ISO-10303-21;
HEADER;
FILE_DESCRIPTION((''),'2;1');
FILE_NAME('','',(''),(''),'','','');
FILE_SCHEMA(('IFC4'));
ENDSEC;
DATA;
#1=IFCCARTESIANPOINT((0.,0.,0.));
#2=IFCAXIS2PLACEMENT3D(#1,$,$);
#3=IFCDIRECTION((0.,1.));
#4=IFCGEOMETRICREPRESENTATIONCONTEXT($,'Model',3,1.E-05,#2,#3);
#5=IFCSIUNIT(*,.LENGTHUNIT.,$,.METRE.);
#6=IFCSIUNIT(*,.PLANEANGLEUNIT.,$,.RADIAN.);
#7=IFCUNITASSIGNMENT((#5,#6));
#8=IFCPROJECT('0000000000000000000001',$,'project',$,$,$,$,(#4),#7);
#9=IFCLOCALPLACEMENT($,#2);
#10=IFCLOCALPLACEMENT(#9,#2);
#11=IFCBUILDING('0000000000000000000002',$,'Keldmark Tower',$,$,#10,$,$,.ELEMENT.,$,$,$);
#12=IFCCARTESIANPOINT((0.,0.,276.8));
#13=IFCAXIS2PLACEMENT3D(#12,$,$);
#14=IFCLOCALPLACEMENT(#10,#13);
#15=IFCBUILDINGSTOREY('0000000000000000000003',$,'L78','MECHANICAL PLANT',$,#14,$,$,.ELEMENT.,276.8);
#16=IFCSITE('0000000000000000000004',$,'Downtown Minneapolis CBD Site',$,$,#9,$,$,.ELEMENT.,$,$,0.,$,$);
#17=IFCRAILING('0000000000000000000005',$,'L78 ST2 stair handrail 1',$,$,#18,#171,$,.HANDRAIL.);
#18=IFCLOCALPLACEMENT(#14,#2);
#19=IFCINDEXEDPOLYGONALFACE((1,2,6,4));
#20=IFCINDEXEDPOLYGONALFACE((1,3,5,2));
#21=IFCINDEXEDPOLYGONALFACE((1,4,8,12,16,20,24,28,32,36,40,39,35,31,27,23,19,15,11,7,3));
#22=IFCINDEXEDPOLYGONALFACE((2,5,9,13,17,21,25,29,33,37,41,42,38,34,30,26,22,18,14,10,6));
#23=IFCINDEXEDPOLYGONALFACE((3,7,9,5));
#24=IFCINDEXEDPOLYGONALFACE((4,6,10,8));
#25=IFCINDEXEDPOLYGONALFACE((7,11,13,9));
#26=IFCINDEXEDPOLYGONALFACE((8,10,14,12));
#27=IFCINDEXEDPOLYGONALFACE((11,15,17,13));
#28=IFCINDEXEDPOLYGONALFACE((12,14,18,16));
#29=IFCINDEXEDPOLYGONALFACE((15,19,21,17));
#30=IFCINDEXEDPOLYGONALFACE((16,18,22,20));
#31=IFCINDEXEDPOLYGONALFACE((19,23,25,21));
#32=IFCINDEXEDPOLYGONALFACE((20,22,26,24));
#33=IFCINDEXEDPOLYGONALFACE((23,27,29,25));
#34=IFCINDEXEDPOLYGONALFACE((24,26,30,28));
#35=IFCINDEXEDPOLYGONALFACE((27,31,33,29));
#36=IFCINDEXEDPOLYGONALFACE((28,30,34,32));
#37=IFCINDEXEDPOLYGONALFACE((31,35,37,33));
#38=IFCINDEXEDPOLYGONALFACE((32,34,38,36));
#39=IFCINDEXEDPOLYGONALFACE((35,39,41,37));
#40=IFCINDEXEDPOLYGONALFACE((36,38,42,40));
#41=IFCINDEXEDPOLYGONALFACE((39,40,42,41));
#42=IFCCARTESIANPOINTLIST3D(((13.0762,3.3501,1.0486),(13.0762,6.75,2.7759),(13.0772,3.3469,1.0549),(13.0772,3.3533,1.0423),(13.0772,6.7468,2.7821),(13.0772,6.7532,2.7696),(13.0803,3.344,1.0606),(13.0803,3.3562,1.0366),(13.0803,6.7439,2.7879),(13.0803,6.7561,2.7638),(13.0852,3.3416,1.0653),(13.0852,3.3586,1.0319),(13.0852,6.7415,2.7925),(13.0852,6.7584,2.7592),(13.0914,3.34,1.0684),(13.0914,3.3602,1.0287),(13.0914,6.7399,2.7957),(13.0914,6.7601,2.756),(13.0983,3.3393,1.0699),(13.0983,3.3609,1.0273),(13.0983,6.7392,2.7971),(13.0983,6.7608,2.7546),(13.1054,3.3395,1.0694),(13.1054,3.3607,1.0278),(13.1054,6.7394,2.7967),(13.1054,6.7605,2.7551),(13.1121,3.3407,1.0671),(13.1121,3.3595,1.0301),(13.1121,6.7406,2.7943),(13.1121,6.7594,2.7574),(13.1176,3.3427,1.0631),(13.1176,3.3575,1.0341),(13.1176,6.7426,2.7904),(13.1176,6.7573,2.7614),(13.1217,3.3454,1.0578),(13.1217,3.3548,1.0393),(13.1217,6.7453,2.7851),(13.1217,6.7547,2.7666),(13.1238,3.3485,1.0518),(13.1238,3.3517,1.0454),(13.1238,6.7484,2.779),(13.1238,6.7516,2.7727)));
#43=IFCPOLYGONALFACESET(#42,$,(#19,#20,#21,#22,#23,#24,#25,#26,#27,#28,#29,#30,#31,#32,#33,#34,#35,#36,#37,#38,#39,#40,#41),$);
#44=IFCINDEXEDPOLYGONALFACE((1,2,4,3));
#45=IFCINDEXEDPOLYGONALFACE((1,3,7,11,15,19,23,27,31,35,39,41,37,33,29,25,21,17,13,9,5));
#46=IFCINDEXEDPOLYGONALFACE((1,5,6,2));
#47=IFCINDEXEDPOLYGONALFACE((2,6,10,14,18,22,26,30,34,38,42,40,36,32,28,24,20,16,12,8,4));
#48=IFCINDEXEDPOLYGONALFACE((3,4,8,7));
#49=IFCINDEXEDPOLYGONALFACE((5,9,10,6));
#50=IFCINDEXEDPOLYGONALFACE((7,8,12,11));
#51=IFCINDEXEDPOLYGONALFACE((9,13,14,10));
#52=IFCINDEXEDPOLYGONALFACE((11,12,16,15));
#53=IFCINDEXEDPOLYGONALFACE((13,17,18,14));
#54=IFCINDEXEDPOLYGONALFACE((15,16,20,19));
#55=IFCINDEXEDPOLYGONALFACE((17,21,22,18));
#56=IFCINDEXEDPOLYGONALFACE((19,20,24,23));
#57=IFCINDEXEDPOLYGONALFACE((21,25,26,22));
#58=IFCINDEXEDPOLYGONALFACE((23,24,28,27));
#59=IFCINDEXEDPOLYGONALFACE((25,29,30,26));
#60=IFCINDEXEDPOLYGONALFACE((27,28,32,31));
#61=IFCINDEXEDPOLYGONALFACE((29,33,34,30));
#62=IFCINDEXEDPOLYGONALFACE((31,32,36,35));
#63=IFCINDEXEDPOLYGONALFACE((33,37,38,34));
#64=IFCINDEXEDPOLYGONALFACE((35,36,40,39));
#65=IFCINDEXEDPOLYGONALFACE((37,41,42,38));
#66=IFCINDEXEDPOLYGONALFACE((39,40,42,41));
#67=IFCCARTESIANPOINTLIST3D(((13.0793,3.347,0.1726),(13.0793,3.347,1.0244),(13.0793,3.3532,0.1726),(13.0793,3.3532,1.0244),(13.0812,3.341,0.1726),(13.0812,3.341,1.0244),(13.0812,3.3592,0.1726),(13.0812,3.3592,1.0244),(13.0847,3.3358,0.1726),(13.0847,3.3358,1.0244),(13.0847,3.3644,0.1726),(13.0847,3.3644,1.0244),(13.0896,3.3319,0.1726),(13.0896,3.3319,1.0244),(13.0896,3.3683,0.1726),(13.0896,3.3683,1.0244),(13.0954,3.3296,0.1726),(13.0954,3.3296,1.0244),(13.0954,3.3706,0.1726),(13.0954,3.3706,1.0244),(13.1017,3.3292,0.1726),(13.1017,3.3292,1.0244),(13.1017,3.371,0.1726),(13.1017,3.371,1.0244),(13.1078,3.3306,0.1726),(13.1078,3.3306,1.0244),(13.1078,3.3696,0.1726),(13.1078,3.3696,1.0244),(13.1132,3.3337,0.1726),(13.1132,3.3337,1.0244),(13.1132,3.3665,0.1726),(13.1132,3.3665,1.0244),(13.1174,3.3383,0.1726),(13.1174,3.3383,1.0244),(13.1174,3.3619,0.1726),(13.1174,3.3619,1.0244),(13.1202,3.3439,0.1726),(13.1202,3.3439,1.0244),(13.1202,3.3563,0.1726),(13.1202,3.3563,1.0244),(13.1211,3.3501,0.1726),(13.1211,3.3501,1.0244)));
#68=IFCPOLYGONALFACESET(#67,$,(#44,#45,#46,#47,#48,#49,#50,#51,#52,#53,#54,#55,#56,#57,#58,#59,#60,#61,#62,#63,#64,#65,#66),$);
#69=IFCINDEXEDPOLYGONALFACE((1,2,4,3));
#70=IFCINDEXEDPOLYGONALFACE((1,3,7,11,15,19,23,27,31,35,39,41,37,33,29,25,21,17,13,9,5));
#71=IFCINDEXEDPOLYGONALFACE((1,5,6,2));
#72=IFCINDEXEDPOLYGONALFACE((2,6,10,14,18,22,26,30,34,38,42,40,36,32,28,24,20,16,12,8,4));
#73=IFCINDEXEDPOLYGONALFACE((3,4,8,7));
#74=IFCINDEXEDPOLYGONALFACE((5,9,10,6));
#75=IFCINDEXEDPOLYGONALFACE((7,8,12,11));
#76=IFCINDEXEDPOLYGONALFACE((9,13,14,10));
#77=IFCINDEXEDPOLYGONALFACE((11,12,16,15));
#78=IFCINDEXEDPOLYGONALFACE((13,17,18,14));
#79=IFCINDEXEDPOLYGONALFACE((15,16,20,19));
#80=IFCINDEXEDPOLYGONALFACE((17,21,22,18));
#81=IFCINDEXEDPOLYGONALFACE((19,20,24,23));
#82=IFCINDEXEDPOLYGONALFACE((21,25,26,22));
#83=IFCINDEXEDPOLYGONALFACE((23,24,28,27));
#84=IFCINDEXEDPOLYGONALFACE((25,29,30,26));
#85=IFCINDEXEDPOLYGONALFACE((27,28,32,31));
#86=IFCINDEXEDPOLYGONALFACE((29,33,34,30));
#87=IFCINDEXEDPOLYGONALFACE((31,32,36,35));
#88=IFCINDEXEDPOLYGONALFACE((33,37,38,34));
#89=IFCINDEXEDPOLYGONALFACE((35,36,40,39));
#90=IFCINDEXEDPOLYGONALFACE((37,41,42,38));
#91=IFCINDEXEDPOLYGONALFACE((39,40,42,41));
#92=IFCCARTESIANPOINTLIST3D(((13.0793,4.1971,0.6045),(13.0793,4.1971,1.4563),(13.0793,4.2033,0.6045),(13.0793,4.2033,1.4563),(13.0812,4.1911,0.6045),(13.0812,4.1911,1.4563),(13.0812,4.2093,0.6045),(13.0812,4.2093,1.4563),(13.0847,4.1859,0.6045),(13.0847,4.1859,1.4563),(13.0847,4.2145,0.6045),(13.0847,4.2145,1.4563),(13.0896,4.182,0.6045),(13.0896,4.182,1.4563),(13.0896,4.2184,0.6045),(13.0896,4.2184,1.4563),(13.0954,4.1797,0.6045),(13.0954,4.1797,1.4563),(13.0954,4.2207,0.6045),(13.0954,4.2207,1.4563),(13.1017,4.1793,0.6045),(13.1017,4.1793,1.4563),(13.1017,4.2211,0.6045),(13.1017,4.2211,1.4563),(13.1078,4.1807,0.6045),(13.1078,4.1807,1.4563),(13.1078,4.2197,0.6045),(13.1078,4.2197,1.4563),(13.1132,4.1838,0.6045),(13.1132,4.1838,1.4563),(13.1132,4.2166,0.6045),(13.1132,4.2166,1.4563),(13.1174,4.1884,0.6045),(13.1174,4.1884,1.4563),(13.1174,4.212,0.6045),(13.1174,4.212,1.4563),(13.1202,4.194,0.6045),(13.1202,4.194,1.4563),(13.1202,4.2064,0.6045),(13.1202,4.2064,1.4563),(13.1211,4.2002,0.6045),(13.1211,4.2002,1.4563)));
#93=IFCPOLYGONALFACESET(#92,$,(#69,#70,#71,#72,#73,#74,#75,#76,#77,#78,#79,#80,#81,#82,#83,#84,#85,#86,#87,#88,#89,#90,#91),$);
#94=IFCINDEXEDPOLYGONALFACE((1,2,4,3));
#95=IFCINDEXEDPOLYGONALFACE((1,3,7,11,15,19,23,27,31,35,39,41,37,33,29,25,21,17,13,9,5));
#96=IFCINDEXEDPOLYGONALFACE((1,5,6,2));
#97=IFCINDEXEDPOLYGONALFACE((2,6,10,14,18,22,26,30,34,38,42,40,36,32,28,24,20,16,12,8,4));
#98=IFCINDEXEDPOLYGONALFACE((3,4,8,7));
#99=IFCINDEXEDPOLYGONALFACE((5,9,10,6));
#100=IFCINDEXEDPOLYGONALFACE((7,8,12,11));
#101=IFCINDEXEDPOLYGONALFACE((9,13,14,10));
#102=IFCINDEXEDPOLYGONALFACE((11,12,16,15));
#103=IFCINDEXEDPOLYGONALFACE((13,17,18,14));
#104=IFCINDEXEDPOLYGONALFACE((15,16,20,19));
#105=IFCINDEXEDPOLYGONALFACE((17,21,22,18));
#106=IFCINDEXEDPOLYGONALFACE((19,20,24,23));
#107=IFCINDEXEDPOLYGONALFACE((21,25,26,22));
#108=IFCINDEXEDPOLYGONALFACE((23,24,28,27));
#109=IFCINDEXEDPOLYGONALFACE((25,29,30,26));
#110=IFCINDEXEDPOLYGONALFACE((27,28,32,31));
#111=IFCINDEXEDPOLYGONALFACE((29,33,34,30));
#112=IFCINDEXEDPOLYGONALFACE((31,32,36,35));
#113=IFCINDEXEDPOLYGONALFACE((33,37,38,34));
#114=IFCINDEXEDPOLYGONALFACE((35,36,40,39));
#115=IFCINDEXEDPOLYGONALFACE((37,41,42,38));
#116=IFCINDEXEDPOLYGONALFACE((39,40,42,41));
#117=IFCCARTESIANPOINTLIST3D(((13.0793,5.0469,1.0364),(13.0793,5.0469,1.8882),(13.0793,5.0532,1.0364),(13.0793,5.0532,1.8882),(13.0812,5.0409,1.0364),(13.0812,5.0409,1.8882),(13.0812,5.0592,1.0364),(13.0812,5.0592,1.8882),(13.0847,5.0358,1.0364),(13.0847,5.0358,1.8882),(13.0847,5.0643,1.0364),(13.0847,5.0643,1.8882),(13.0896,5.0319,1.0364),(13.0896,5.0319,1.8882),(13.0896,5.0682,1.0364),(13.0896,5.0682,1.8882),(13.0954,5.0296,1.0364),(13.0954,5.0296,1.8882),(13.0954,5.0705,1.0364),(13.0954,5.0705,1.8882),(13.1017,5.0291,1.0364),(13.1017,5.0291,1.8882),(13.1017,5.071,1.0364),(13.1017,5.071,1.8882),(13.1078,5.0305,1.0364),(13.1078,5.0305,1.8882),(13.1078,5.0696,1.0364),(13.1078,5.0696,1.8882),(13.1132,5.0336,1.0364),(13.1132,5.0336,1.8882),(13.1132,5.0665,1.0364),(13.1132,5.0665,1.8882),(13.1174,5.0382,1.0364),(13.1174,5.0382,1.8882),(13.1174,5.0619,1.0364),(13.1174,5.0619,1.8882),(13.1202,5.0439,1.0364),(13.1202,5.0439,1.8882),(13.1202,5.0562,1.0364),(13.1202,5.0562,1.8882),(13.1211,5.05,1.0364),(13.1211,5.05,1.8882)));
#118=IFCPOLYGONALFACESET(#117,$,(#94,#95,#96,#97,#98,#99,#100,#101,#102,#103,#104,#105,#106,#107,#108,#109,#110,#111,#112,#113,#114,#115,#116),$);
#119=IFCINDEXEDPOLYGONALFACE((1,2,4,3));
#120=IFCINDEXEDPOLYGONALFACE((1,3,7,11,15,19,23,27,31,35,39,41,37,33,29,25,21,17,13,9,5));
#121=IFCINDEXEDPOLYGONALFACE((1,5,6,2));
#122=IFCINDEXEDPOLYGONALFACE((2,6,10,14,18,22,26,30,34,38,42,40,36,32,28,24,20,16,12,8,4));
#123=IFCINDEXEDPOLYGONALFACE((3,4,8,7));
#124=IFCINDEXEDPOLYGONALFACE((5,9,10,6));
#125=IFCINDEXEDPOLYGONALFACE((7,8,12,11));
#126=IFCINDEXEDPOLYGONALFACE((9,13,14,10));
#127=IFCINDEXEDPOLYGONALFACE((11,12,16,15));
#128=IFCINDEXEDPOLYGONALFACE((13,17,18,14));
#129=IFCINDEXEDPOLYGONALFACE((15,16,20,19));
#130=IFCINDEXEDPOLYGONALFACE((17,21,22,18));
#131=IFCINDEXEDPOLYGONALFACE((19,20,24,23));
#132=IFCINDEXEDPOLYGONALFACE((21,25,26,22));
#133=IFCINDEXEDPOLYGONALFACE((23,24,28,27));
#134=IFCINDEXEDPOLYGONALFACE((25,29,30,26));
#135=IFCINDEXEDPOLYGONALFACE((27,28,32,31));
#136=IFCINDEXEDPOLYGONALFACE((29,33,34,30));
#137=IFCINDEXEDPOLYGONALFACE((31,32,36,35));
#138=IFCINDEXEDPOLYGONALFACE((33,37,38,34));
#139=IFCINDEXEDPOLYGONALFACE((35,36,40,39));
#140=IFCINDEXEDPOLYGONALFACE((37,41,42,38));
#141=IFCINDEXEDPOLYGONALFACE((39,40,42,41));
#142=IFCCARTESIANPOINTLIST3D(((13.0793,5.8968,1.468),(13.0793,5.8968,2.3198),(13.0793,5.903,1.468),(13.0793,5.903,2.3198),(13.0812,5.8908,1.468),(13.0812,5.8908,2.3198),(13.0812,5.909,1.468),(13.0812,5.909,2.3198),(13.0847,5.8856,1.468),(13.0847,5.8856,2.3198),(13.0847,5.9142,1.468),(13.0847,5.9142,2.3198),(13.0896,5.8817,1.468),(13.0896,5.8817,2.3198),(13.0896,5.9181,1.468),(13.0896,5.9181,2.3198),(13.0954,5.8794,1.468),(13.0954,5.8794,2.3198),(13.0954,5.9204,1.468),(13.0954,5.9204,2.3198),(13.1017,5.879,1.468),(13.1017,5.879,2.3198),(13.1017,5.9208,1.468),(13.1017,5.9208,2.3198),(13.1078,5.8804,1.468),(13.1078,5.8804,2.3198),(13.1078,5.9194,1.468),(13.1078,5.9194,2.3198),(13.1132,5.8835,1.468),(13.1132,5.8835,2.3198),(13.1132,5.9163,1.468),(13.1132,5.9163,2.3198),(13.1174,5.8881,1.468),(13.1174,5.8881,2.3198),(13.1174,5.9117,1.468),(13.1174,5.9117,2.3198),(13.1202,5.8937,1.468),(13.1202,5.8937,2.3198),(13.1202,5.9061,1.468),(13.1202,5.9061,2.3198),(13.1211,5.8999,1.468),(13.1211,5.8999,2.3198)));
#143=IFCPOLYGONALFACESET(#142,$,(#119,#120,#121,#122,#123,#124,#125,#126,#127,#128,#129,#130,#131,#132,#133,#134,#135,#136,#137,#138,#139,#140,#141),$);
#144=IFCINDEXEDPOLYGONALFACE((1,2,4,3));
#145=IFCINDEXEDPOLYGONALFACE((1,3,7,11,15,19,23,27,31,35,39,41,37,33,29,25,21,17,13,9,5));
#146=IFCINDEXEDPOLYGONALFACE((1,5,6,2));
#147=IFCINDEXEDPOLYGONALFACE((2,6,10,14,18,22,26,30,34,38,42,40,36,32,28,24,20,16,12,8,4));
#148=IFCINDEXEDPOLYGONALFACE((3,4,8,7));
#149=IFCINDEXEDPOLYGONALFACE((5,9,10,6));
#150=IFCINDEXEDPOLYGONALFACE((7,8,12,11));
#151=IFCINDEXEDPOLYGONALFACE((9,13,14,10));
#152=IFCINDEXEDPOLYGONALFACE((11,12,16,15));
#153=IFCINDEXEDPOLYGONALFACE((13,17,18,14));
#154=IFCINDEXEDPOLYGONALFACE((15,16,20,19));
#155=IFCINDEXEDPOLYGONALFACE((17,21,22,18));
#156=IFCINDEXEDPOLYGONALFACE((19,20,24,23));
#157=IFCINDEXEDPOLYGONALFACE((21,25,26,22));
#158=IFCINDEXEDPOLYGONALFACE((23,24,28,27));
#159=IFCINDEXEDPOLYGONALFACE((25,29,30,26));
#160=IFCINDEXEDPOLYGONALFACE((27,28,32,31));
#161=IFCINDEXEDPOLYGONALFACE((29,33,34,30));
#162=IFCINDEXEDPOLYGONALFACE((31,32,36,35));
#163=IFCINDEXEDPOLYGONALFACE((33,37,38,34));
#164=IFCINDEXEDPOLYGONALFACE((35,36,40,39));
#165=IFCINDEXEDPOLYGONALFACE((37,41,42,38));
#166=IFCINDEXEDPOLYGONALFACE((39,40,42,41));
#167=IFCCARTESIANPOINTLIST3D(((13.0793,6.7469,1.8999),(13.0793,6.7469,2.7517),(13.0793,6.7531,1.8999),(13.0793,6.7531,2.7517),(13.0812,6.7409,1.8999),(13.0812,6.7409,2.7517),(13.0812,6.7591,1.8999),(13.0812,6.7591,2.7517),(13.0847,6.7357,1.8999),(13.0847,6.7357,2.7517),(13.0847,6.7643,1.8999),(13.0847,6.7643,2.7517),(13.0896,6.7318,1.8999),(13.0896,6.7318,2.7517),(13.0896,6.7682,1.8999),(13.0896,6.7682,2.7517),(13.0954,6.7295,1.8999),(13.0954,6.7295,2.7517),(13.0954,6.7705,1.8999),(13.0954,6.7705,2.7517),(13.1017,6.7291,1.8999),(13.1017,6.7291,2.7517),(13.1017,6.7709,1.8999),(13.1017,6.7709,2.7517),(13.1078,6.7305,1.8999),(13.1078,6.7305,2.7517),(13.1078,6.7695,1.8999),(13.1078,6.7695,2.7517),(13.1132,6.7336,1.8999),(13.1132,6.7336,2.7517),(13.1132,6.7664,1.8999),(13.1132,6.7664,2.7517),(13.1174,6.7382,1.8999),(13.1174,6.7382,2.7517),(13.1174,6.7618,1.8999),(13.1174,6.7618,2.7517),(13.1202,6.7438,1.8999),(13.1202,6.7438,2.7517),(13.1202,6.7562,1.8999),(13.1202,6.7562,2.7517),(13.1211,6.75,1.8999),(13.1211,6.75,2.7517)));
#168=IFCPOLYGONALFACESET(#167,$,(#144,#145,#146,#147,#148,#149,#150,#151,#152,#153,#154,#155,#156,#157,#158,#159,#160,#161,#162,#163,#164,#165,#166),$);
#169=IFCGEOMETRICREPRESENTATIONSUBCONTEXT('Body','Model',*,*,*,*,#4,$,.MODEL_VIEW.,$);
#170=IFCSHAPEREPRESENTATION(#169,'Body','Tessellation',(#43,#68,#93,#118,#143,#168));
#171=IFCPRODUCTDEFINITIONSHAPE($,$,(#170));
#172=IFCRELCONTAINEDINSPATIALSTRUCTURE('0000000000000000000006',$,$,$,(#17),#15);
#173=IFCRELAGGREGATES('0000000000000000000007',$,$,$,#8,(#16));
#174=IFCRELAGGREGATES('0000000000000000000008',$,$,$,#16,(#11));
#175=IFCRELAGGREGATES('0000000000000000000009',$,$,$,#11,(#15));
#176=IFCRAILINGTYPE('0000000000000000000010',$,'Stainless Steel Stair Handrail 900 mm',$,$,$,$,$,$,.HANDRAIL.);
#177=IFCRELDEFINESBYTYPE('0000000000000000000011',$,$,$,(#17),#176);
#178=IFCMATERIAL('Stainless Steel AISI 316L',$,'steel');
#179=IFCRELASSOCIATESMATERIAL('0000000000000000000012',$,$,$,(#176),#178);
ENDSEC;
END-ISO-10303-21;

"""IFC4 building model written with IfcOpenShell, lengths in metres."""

from ifc_helpers import new_model, si_unit, direction, frame, origin, origin_2d, place, context, subcontext, project, spatial, circle, extrude, material, type_object, element, save


model = new_model("IFC4")

# Units and contexts
model_context = context("Model", 3, precision=1e-05, world=origin(), true_north=direction((0.0, 1.0)))
body_context = subcontext(model_context, "Body", "Model", "MODEL_VIEW")
ifc_project = project(units=[si_unit("LENGTHUNIT", "METRE"), si_unit("PLANEANGLEUNIT", "RADIAN")], contexts=[model_context])

# Site, building, storey
site_placement = place(None, origin())
site = spatial("IfcSite", under=ifc_project, at=site_placement, Name="Downtown Minneapolis CBD Site", CompositionType="ELEMENT", RefElevation=0.0)
building_placement = place(site_placement, origin())
building = spatial("IfcBuilding", under=site, at=building_placement, Name="Keldmark Tower", CompositionType="ELEMENT")
storey_placement = place(building_placement, frame((0.0, 0.0, 276.8)))
storey = spatial("IfcBuildingStorey", under=building, at=storey_placement, Name="L78", Description="MECHANICAL PLANT", CompositionType="ELEMENT", Elevation=276.8)

# Railing
ifc_material_1 = material(Name="Stainless Steel AISI 316L", Category="steel")
railing_type_1 = type_object("IfcRailingType", Name="Stainless Steel Stair Handrail 900 mm", PredefinedType="HANDRAIL", material=ifc_material_1)
railing_1_placement = place(storey_placement, frame((13.1001, 3.3501, 0.1726)))
element("IfcRailing", 1, at=railing_1_placement, inside=storey, type_object=railing_type_1, Name="L78 ST2 stair handrail 1", PredefinedType="HANDRAIL", context=body_context, shape_type="SweptSolid", body=[
    extrude(circle(Radius=0.0239, at=origin_2d()), frame((0.0, 0.0, 0.876), z_axis=(0.0, 0.891541, 0.452941), x_axis=(-1.0, 0.0, 0.0)), (0.0, 0.0, 1.0), 3.8135),
    extrude(circle(Radius=0.021, at=origin_2d()), origin(), (0.0, 0.0, 1.0), 0.8518),
    extrude(circle(Radius=0.021, at=origin_2d()), frame((0.0, 0.8501, 0.4319)), (0.0, 0.0, 1.0), 0.8518),
    extrude(circle(Radius=0.021, at=origin_2d()), frame((0.0, 1.7, 0.8638)), (0.0, 0.0, 1.0), 0.8518),
    extrude(circle(Radius=0.021, at=origin_2d()), frame((0.0, 2.5498, 1.2954)), (0.0, 0.0, 1.0), 0.8518),
    extrude(circle(Radius=0.021, at=origin_2d()), frame((0.0, 3.3999, 1.7273)), (0.0, 0.0, 1.0), 0.8518),
])

save(model, "model.ifc")
